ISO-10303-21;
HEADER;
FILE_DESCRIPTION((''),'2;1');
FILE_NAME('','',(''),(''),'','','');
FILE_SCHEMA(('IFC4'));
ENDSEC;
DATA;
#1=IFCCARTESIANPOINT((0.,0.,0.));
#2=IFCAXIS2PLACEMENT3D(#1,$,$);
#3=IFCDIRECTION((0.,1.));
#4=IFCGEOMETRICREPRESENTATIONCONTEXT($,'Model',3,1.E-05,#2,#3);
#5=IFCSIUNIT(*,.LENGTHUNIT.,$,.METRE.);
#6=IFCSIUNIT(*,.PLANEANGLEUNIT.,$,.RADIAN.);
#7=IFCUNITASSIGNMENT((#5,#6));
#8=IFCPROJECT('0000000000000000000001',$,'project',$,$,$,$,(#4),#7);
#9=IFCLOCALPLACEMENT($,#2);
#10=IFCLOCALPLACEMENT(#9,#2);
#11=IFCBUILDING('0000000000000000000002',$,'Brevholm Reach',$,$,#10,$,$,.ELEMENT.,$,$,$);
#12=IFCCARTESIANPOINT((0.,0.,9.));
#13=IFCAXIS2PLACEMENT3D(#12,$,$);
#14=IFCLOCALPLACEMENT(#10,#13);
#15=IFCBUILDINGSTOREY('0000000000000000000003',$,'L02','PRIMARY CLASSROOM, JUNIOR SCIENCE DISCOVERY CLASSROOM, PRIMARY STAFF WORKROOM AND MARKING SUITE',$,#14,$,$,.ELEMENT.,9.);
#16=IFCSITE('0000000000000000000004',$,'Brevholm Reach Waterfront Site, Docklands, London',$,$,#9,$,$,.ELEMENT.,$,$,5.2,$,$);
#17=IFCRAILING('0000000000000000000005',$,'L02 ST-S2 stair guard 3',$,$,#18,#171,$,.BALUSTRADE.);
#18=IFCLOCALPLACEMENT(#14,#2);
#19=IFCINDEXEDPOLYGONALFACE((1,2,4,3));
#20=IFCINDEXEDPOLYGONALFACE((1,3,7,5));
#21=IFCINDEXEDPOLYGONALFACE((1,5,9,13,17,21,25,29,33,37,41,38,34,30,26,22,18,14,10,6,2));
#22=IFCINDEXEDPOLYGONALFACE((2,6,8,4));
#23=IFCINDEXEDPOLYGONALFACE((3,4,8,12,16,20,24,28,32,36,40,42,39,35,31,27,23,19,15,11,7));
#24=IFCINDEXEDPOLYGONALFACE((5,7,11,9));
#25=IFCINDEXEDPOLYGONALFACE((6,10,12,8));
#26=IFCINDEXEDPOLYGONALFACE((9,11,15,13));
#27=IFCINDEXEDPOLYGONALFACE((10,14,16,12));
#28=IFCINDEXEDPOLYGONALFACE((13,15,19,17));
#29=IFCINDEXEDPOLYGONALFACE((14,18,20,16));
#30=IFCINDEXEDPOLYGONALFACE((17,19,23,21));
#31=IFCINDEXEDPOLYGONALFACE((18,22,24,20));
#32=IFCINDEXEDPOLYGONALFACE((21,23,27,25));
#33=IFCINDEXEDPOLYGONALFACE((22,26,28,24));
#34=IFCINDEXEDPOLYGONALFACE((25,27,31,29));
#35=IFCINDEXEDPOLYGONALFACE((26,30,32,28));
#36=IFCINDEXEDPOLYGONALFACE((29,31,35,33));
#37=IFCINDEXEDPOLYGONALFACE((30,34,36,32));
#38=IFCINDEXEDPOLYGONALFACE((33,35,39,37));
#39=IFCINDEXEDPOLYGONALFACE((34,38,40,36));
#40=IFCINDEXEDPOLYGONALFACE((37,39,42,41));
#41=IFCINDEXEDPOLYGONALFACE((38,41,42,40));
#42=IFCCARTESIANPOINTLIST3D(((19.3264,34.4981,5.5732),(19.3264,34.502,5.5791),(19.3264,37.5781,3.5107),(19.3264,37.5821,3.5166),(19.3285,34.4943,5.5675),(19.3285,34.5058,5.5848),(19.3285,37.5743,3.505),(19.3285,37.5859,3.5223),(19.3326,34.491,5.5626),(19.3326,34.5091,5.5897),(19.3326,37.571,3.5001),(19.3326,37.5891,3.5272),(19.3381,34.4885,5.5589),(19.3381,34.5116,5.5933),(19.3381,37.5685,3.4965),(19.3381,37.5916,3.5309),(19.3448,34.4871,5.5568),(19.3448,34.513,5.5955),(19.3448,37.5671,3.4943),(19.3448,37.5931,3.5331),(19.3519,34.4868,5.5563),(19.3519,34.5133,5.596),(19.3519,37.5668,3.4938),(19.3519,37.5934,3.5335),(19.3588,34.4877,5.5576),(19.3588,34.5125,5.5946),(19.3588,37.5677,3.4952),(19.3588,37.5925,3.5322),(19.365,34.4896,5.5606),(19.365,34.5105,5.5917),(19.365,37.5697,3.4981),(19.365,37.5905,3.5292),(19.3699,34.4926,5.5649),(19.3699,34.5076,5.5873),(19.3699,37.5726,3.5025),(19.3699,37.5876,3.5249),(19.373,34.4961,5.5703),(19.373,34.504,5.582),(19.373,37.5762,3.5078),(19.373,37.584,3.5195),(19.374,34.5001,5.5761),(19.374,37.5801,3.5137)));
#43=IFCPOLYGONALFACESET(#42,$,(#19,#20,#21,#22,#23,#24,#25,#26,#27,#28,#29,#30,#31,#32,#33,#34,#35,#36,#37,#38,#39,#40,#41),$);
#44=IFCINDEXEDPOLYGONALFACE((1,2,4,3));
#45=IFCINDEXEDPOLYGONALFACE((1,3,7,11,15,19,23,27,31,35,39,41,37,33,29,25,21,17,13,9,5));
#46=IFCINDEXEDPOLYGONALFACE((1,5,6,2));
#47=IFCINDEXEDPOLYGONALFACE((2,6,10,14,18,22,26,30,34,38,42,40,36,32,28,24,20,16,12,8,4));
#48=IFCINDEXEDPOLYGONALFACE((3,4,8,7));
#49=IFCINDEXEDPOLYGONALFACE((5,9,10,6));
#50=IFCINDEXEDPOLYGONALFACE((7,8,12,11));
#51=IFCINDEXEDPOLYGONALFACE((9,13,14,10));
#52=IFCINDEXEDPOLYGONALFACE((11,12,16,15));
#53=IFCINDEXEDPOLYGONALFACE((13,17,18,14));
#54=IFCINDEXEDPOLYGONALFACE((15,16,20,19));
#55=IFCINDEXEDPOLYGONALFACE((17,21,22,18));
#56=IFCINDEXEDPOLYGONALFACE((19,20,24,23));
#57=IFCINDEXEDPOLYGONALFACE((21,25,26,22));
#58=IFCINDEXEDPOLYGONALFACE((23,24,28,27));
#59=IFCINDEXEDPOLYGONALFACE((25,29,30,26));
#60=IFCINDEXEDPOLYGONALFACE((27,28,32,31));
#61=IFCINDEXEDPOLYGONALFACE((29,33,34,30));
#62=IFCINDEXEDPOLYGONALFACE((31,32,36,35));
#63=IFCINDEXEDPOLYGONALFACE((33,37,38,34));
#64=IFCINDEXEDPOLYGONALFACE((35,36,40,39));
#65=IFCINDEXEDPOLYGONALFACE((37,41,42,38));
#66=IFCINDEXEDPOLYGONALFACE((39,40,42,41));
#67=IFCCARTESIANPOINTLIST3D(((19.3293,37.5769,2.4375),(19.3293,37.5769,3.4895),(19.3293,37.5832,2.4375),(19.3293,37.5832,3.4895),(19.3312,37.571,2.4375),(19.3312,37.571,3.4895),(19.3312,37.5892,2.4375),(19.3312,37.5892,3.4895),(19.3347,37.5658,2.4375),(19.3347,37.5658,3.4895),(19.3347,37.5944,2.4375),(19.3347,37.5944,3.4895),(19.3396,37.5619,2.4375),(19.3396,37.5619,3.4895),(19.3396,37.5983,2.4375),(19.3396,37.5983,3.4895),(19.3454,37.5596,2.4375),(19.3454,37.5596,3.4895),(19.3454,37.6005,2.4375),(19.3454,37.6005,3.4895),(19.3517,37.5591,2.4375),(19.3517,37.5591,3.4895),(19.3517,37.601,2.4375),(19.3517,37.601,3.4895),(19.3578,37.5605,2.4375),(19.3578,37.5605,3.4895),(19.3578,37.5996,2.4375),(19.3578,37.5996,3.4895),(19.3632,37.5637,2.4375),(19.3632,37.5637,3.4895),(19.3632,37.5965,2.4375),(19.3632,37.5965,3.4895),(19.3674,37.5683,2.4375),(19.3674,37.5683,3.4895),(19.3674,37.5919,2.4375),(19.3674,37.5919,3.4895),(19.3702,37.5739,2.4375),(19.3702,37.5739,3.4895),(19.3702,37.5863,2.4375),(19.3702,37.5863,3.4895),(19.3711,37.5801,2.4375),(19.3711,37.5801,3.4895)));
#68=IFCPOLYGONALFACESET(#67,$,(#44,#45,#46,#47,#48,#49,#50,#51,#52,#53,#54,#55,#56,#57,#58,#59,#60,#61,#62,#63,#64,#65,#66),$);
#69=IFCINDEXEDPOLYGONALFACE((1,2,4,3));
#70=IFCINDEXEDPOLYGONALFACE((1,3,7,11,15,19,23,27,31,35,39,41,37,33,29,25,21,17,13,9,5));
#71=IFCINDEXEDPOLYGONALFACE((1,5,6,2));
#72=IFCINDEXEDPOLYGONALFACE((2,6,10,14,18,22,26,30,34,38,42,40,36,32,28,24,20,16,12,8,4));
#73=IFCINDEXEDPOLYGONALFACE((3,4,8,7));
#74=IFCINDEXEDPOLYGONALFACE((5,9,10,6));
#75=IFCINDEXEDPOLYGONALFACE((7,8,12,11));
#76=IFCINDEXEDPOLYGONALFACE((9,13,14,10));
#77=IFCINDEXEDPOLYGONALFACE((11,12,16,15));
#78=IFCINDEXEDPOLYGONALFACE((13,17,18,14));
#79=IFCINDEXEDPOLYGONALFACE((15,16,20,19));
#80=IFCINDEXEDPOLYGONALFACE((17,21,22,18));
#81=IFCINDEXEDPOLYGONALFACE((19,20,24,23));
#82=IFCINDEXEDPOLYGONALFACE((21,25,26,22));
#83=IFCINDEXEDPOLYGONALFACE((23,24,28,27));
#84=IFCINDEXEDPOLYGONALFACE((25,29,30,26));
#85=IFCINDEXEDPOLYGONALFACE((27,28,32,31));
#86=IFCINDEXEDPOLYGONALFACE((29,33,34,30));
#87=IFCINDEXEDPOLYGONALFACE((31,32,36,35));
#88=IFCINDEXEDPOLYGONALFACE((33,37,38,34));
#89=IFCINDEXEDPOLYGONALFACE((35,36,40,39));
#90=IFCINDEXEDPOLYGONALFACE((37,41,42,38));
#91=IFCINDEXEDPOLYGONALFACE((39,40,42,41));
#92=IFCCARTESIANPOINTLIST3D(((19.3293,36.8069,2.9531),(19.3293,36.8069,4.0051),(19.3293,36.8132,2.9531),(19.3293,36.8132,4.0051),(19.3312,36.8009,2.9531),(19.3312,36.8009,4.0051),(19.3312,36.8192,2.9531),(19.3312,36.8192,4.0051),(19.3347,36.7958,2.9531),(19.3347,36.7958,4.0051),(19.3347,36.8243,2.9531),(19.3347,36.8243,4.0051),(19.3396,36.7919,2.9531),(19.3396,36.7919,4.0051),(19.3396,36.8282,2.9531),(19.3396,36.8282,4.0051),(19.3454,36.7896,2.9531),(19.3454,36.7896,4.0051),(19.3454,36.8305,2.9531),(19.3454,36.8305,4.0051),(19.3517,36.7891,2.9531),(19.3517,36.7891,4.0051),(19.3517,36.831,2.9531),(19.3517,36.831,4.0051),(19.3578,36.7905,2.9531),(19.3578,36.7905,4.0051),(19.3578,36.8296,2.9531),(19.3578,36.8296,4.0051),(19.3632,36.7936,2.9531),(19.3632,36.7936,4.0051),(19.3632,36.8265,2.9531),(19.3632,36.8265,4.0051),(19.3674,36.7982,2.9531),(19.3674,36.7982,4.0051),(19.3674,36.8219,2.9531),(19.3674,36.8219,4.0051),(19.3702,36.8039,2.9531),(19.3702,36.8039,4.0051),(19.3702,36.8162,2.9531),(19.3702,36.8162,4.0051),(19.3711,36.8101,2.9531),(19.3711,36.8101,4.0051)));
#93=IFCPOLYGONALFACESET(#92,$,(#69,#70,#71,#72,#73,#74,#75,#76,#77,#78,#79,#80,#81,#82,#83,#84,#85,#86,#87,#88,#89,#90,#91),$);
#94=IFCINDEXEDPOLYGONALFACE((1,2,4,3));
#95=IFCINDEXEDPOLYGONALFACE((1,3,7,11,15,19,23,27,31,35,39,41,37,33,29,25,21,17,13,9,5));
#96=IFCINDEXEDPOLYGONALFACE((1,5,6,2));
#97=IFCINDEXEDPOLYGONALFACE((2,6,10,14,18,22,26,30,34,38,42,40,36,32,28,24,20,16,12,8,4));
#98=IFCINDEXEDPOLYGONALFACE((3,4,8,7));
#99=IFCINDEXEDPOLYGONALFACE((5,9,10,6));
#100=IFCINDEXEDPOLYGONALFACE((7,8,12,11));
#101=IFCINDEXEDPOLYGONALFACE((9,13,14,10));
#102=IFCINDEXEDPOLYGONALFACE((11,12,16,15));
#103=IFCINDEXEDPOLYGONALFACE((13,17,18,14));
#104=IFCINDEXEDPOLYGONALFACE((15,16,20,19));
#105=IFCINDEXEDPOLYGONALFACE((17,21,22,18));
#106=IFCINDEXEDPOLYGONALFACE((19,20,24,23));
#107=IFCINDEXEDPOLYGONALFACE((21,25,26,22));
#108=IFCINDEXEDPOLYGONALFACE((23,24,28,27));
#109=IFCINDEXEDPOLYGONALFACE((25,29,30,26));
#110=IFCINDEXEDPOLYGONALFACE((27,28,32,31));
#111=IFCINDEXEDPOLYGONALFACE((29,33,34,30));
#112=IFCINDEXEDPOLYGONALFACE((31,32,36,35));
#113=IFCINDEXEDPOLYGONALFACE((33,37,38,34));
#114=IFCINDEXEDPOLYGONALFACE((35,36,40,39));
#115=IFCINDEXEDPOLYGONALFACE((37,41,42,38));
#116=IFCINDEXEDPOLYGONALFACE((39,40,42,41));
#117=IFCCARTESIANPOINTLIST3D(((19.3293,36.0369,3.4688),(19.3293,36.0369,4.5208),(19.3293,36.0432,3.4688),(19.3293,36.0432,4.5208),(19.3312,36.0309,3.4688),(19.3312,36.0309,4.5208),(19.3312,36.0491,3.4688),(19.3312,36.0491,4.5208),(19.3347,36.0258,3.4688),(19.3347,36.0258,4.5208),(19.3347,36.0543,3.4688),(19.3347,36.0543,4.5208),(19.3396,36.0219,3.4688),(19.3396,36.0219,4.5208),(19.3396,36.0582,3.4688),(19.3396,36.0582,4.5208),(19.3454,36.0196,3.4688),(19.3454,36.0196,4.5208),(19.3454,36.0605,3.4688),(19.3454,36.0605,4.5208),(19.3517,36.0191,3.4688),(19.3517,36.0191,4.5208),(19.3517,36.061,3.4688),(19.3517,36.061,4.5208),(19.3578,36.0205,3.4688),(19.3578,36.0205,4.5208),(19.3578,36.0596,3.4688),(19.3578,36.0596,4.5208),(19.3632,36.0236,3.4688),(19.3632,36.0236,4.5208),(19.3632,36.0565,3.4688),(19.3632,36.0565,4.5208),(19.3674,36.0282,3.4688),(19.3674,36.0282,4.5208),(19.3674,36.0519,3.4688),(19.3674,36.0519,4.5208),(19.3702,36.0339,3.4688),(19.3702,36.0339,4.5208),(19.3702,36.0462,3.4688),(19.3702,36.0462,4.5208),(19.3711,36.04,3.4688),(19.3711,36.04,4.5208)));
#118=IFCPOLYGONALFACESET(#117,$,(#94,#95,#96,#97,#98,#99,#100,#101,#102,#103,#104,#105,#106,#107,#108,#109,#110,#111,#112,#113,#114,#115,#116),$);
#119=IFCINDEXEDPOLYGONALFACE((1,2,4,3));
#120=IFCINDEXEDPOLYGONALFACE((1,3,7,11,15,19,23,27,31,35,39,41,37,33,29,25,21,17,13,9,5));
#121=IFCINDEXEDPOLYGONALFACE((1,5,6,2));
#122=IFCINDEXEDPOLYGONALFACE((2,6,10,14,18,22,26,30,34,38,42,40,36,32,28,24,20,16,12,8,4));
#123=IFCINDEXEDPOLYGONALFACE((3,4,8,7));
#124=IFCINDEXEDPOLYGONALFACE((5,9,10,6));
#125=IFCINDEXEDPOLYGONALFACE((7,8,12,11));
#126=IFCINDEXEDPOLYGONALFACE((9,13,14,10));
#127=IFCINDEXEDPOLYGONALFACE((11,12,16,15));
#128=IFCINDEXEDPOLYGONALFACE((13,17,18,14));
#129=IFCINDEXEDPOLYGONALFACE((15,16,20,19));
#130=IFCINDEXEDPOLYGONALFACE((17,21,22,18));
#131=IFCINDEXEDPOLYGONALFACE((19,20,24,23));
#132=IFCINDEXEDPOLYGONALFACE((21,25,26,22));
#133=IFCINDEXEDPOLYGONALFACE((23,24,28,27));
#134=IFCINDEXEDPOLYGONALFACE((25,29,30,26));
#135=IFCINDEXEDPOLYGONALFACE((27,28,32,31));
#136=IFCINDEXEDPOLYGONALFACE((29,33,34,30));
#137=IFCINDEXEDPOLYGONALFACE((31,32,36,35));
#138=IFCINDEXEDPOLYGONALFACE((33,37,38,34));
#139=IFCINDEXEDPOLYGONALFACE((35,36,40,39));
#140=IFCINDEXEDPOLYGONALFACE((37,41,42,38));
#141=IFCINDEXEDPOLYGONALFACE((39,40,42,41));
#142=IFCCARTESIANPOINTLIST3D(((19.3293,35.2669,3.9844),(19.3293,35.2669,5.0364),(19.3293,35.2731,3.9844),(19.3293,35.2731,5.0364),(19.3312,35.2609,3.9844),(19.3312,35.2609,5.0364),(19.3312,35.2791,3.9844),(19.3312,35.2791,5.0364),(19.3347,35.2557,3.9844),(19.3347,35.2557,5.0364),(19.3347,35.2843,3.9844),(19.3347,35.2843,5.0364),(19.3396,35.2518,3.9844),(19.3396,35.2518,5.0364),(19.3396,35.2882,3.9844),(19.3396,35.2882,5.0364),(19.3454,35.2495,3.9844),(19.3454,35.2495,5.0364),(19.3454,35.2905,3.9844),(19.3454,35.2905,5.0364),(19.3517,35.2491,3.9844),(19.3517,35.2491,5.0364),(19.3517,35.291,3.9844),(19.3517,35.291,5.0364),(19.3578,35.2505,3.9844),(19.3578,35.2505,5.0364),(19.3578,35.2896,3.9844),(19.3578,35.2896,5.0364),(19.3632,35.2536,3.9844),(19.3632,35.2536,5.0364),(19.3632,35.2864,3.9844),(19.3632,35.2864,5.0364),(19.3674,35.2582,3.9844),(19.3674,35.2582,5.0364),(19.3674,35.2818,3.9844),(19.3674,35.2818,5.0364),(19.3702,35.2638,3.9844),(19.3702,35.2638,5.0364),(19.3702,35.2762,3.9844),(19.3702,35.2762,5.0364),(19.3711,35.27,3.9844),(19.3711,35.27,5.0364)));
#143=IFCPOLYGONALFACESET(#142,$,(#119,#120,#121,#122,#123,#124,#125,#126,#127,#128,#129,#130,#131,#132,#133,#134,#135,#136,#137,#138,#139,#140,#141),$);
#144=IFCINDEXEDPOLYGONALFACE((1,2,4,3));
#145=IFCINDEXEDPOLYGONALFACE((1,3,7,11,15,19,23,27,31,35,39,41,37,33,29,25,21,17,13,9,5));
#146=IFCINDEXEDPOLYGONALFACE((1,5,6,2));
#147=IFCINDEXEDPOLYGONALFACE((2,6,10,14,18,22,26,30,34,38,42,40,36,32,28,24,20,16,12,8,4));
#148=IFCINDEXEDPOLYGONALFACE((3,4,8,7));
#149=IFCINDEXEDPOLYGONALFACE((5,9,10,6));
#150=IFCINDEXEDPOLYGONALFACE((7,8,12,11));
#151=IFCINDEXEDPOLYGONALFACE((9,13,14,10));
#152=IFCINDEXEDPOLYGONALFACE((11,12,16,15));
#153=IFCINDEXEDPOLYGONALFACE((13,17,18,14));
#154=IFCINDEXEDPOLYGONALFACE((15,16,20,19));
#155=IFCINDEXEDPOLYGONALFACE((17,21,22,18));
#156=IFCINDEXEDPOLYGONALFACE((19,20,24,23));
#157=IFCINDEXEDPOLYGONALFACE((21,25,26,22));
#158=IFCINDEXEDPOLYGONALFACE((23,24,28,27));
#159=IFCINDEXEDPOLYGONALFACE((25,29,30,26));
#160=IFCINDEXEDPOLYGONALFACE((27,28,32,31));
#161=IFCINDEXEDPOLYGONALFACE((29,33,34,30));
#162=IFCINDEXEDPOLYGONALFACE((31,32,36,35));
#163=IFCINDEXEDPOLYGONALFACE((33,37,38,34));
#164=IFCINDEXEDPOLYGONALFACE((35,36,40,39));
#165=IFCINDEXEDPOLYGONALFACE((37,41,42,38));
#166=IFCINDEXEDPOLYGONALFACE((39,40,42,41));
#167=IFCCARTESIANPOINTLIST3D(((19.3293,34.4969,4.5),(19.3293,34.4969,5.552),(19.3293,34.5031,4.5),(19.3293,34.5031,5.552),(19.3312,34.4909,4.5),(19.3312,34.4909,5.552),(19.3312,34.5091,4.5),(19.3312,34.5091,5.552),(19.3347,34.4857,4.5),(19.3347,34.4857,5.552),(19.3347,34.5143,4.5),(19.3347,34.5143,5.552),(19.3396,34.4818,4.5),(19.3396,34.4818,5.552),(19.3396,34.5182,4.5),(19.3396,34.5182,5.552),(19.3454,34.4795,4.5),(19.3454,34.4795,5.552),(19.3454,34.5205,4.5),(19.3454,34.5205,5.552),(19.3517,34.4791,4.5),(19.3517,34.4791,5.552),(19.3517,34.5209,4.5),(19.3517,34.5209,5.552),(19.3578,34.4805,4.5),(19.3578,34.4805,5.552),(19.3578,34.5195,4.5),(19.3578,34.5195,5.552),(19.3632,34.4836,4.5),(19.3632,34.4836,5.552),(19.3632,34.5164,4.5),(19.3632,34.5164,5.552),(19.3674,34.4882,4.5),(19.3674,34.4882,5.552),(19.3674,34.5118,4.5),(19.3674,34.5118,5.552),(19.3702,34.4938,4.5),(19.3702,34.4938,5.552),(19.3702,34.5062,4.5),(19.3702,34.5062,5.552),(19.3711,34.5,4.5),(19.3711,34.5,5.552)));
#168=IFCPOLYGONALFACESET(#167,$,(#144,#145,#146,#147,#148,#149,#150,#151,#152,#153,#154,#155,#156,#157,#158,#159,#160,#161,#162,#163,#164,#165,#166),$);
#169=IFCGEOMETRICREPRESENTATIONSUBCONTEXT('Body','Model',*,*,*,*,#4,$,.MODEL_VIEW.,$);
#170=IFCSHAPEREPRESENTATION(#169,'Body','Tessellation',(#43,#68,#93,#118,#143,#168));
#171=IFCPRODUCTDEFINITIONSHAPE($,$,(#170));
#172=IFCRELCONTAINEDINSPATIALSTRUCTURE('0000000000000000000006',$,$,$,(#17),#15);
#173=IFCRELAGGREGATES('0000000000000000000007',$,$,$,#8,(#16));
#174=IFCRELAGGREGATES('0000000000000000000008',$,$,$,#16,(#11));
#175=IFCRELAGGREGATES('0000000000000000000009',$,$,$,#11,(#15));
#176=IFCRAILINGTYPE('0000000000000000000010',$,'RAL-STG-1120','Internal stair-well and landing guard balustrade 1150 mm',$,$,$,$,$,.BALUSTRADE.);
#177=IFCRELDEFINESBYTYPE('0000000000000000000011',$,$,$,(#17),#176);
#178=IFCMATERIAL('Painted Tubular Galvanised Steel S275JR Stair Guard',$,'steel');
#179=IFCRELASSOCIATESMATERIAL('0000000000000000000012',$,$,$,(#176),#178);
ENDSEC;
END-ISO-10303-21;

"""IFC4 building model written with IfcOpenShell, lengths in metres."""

from ifc_helpers import new_model, si_unit, direction, frame, origin, origin_2d, place, context, subcontext, project, spatial, circle, extrude, material, type_object, element, save


model = new_model("IFC4")

# Units and contexts
model_context = context("Model", 3, precision=1e-05, world=origin(), true_north=direction((0.0, 1.0)))
body_context = subcontext(model_context, "Body", "Model", "MODEL_VIEW")
ifc_project = project(units=[si_unit("LENGTHUNIT", "METRE"), si_unit("PLANEANGLEUNIT", "RADIAN")], contexts=[model_context])

# Site, building, storey
site_placement = place(None, origin())
site = spatial("IfcSite", under=ifc_project, at=site_placement, Name="Brevholm Reach Waterfront Site, Docklands, London", CompositionType="ELEMENT", RefElevation=5.2)
building_placement = place(site_placement, origin())
building = spatial("IfcBuilding", under=site, at=building_placement, Name="Brevholm Reach", CompositionType="ELEMENT")
storey_placement = place(building_placement, frame((0.0, 0.0, 9.0)))
storey = spatial("IfcBuildingStorey", under=building, at=storey_placement, Name="L02", Description="PRIMARY CLASSROOM, JUNIOR SCIENCE DISCOVERY CLASSROOM, PRIMARY STAFF WORKROOM AND MARKING SUITE", CompositionType="ELEMENT", Elevation=9.0)

# Railing
ifc_material_1 = material(Name="Painted Tubular Galvanised Steel S275JR Stair Guard", Category="steel")
railing_type_1 = type_object("IfcRailingType", Name="RAL-STG-1120", Description="Internal stair-well and landing guard balustrade 1150 mm", PredefinedType="BALUSTRADE", material=ifc_material_1)
railing_1_placement = place(storey_placement, frame((19.3501, 37.5801, 2.4375)))
element("IfcRailing", 1, at=railing_1_placement, inside=storey, type_object=railing_type_1, Name="L02 ST-S2 stair guard 3", PredefinedType="BALUSTRADE", context=body_context, shape_type="SweptSolid", body=[
    extrude(circle(Radius=0.0239, at=origin_2d()), frame((0.0, 0.0, 1.0762), z_axis=(0.0, -0.830914, 0.556401), x_axis=(1.0, 0.0, 0.0)), (0.0, 0.0, 1.0), 3.7068),
    extrude(circle(Radius=0.021, at=origin_2d()), origin(), (0.0, 0.0, 1.0), 1.052),
    extrude(circle(Radius=0.021, at=origin_2d()), frame((0.0, -0.77, 0.5156)), (0.0, 0.0, 1.0), 1.052),
    extrude(circle(Radius=0.021, at=origin_2d()), frame((0.0, -1.54, 1.0312)), (0.0, 0.0, 1.0), 1.052),
    extrude(circle(Radius=0.021, at=origin_2d()), frame((0.0, -2.3101, 1.5469)), (0.0, 0.0, 1.0), 1.052),
    extrude(circle(Radius=0.021, at=origin_2d()), frame((0.0, -3.0801, 2.0625)), (0.0, 0.0, 1.0), 1.052),
])

save(model, "model.ifc")
